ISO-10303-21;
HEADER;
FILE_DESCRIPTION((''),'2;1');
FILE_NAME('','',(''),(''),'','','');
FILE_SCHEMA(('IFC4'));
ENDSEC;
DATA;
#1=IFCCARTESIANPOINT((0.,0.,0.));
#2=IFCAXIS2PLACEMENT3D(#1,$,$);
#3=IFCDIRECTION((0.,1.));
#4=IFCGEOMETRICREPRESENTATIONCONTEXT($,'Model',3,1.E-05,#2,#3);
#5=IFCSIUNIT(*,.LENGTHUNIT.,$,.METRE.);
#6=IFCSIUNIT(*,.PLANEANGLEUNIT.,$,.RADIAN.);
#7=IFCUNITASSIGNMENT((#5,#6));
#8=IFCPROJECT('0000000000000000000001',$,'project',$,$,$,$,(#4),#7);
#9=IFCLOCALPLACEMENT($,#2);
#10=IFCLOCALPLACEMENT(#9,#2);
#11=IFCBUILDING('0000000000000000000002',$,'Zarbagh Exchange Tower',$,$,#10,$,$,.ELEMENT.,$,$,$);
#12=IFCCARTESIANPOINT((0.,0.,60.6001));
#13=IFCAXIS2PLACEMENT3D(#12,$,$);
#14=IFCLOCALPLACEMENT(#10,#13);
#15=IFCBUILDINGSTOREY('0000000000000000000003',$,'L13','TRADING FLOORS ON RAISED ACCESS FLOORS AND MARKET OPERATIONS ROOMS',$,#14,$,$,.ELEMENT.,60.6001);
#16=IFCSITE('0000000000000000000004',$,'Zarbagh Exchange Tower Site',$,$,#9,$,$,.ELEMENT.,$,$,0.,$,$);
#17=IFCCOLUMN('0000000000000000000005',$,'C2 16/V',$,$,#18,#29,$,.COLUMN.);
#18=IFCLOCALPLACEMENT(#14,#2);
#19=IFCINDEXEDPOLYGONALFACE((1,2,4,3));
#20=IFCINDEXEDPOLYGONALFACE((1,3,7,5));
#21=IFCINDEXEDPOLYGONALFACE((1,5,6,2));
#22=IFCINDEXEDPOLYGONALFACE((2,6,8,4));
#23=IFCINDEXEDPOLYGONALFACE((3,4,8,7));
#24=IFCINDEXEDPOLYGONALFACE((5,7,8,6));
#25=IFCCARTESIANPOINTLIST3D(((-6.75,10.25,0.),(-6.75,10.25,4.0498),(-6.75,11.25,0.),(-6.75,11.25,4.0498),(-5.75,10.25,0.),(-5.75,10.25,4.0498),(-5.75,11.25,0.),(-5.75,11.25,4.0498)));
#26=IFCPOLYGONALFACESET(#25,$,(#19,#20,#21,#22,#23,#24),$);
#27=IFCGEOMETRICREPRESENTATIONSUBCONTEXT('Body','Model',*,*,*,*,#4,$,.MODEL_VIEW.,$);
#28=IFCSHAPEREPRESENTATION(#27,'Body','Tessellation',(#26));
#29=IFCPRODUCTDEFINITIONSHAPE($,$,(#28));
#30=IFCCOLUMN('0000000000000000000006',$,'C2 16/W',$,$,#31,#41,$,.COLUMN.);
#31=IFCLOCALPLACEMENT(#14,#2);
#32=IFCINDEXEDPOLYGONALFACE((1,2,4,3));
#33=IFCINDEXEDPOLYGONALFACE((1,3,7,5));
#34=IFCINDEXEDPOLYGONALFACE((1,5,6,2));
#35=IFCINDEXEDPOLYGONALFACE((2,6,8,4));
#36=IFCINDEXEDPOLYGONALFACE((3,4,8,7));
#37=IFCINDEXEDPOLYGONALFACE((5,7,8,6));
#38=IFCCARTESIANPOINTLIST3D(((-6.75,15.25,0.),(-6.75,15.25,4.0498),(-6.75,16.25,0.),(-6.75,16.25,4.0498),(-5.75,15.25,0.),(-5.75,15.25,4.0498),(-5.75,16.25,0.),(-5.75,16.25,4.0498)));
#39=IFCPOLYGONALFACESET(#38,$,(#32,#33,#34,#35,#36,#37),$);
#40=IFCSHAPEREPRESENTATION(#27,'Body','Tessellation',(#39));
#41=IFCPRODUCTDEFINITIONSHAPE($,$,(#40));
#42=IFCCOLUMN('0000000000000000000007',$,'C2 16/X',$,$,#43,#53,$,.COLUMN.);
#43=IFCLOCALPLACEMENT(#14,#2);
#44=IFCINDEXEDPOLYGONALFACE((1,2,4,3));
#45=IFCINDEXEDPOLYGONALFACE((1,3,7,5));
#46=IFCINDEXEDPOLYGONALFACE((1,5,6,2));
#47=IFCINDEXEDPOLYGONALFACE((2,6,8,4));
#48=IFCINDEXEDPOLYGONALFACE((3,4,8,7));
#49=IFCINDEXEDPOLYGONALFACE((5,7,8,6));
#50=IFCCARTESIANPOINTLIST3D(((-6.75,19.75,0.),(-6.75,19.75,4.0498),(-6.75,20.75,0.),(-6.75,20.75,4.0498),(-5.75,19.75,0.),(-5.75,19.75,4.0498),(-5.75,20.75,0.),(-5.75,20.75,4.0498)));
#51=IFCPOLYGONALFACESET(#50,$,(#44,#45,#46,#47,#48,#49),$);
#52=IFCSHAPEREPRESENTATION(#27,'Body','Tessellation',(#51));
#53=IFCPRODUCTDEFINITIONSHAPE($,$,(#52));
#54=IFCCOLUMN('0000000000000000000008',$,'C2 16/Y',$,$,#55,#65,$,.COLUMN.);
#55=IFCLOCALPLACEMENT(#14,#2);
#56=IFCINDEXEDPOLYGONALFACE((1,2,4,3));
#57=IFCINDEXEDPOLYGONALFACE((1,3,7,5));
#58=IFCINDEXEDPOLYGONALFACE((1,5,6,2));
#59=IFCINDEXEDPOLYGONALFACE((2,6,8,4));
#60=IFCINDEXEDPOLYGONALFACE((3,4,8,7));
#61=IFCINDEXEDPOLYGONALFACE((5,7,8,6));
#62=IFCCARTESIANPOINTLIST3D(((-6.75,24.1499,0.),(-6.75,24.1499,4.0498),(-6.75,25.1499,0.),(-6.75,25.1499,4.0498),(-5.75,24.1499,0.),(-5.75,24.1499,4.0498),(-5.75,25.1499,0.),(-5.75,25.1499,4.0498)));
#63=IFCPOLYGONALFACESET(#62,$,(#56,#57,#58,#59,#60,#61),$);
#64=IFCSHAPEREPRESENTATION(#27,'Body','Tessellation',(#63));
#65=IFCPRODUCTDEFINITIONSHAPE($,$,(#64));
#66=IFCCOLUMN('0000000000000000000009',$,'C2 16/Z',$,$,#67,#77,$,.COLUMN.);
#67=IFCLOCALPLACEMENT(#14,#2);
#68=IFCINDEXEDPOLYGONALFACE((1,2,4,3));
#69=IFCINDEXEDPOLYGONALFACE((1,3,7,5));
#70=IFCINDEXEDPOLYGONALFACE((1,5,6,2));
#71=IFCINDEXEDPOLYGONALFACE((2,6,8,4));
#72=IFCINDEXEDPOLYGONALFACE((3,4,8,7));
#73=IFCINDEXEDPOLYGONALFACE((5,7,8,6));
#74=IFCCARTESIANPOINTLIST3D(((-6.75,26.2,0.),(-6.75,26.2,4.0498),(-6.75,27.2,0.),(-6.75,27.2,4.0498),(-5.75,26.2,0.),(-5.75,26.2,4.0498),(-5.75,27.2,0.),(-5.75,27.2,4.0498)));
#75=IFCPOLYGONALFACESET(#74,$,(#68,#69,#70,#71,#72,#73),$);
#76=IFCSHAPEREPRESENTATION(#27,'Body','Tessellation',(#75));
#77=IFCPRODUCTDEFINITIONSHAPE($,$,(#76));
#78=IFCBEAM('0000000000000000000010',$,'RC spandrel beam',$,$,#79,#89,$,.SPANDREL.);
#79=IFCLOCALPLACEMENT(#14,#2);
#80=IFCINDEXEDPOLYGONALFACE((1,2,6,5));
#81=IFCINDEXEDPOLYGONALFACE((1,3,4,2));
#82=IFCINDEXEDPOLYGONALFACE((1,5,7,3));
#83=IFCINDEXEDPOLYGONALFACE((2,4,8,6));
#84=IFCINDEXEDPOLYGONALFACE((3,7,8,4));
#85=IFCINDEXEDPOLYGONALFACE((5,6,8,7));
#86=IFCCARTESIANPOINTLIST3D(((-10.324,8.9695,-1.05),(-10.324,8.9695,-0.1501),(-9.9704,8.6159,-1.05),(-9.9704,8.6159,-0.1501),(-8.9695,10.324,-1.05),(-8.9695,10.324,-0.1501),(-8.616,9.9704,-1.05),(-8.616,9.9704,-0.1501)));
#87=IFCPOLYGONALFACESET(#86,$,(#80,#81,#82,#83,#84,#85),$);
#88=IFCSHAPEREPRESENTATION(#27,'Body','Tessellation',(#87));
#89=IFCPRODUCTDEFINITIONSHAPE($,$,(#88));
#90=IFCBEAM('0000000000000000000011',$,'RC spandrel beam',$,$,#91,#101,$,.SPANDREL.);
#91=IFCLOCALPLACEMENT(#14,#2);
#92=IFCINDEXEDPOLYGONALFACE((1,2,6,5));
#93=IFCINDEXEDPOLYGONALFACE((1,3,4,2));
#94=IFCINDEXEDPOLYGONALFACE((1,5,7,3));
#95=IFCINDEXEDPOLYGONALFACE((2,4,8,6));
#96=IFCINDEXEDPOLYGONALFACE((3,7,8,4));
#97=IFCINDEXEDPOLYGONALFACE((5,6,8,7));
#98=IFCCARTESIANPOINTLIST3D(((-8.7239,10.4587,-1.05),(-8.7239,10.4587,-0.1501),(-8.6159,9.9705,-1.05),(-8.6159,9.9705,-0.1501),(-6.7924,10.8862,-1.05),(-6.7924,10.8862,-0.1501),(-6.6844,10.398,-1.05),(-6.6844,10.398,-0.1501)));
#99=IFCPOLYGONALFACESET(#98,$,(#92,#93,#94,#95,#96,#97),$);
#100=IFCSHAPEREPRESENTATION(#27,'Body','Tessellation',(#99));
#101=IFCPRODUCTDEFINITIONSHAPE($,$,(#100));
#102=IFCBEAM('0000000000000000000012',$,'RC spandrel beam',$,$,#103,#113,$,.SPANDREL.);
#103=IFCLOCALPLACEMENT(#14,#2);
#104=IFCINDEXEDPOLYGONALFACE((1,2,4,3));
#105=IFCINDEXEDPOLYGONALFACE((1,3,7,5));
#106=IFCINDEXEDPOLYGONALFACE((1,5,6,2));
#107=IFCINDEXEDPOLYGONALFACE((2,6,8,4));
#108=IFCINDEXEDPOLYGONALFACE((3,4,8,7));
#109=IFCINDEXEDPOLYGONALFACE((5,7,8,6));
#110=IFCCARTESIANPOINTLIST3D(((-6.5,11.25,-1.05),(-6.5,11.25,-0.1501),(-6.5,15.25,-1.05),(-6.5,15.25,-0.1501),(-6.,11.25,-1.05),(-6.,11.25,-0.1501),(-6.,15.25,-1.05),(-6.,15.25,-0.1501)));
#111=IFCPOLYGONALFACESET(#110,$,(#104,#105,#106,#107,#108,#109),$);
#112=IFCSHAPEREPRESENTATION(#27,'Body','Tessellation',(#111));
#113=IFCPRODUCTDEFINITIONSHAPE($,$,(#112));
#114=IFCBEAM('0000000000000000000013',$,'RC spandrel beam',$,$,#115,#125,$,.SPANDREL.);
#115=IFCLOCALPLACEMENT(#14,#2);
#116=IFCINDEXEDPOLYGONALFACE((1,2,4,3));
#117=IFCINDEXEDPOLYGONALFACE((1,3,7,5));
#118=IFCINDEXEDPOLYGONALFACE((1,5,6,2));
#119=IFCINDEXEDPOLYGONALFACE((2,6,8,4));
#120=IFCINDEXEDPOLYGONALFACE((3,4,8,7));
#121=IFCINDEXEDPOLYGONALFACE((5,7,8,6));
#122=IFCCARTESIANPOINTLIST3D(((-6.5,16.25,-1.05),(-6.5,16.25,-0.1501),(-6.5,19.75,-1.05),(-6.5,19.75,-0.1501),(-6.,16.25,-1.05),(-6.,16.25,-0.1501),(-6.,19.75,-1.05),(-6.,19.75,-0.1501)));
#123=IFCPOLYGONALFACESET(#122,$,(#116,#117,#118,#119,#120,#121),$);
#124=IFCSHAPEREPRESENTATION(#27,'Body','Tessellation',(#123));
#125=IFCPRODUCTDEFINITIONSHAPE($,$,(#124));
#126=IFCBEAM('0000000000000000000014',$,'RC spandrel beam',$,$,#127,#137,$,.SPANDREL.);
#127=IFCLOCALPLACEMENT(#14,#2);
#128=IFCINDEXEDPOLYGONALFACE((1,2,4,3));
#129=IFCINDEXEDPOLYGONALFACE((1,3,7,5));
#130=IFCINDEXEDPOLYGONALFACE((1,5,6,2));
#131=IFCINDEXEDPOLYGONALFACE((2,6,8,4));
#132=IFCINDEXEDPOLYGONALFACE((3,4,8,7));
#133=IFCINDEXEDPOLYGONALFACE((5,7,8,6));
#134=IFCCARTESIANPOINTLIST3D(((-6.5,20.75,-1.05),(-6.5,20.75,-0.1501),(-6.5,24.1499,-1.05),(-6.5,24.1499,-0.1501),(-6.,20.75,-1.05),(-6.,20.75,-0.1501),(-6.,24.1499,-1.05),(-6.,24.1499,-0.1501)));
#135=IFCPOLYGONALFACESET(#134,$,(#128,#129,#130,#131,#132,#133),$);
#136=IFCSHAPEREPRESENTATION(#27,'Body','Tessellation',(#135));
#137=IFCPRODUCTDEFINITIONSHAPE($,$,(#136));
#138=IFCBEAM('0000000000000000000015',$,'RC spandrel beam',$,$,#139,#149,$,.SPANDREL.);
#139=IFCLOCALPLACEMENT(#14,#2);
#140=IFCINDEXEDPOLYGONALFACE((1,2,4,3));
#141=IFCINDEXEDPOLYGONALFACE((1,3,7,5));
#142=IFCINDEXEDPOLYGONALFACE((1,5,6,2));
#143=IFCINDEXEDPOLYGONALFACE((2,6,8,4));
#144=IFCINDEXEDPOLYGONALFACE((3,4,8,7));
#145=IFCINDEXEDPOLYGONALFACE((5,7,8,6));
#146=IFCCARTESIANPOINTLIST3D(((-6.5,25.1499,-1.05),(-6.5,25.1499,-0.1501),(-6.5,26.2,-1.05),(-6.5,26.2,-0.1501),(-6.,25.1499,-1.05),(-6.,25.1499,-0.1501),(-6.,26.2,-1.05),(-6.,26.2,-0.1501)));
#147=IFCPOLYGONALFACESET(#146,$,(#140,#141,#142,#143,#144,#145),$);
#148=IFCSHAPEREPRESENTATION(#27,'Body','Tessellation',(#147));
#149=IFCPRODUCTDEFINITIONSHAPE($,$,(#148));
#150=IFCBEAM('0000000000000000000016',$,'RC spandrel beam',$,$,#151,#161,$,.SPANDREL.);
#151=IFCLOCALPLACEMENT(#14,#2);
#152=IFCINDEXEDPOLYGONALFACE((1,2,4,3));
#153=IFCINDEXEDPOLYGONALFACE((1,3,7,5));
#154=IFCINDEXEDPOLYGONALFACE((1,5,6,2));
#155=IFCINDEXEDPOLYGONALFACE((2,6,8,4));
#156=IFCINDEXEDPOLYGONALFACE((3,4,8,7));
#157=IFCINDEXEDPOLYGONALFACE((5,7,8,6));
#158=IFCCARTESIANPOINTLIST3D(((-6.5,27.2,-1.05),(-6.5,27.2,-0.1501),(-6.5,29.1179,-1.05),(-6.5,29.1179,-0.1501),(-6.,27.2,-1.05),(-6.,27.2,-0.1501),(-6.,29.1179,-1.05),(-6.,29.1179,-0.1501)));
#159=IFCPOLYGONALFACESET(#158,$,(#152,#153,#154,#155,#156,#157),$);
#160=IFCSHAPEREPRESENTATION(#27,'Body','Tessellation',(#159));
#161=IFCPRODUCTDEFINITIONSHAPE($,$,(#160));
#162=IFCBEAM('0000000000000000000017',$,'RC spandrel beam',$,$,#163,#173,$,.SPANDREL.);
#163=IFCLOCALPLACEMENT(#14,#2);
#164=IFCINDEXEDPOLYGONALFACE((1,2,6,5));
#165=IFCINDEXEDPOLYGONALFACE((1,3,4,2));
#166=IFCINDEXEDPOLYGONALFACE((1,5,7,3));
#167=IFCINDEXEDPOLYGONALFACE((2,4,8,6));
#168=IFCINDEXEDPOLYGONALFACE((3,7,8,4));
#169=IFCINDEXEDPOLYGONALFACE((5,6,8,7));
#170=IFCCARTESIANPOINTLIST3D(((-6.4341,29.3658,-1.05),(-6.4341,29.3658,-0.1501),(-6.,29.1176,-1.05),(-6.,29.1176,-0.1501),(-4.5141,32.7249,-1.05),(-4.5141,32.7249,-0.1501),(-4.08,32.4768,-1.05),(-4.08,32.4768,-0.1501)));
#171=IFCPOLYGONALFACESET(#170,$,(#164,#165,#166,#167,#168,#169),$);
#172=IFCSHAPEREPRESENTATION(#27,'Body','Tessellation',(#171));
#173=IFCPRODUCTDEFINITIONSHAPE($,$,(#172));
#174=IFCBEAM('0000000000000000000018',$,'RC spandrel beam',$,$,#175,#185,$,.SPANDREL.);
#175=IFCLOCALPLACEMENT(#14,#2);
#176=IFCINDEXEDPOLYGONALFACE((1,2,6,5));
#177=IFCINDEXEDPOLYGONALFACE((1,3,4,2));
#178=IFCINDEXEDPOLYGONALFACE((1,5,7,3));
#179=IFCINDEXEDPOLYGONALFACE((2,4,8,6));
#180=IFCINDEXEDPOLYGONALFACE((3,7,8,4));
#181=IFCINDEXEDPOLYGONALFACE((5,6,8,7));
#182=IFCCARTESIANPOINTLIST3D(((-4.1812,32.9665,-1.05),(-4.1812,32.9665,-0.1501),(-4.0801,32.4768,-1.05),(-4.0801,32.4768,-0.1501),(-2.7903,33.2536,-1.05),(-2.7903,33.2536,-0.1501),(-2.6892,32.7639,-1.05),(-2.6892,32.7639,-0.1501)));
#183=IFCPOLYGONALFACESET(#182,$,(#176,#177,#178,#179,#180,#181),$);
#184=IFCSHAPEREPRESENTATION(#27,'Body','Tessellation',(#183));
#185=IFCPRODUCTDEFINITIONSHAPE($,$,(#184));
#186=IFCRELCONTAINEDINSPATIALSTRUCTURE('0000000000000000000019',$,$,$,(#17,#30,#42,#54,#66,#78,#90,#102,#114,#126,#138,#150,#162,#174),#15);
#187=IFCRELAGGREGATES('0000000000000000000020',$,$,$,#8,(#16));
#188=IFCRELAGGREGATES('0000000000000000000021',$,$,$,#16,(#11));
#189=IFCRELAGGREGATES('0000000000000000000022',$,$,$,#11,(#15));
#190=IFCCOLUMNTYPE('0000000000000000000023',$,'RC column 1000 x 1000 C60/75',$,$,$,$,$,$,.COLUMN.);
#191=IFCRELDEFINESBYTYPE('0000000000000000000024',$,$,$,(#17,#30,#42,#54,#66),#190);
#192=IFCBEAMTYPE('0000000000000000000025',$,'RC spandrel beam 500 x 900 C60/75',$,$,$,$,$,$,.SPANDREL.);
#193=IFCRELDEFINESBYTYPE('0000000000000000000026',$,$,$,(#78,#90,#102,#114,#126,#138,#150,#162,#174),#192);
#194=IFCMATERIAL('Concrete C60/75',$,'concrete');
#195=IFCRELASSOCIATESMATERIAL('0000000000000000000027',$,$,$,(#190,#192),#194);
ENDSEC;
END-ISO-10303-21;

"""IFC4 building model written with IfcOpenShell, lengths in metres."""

from ifc_helpers import new_model, si_unit, direction, frame, origin, origin_2d, place, context, subcontext, project, spatial, rectangle, extrude, material, material_profile, profile_set, type_object, element, save


model = new_model("IFC4")

# Units and contexts
model_context = context("Model", 3, precision=1e-05, world=origin(), true_north=direction((0.0, 1.0)))
body_context = subcontext(model_context, "Body", "Model", "MODEL_VIEW")
ifc_project = project(units=[si_unit("LENGTHUNIT", "METRE"), si_unit("PLANEANGLEUNIT", "RADIAN")], contexts=[model_context])

# Site, building, storey
site_placement = place(None, origin())
site = spatial("IfcSite", under=ifc_project, at=site_placement, Name="Zarbagh Exchange Tower Site", CompositionType="ELEMENT", RefElevation=0.0)
building_placement = place(site_placement, origin())
building = spatial("IfcBuilding", under=site, at=building_placement, Name="Zarbagh Exchange Tower", CompositionType="ELEMENT")
storey_placement = place(building_placement, frame((0.0, 0.0, 60.6001)))
storey = spatial("IfcBuildingStorey", under=building, at=storey_placement, Name="L13", Description="TRADING FLOORS ON RAISED ACCESS FLOORS AND MARKET OPERATIONS ROOMS", CompositionType="ELEMENT", Elevation=60.6001)

# Columns
ifc_material_1 = material(Name="Concrete C60/75", Category="concrete")
ifc_material_profile_1 = material_profile(ifc_material_1, rectangle(XDim=1.0, YDim=1.0, at=origin_2d()), Name="RC column 1000 x 1000 C60/75")
ifc_profile_set_1 = profile_set([ifc_material_profile_1], Name="Concrete C60/75")
column_type = type_object("IfcColumnType", Name="RC column 1000 x 1000 C60/75", PredefinedType="COLUMN", material=ifc_profile_set_1)
for number, where, z_axis, x_axis, name in (
    (1, (-6.25, 10.75, 0.0), (0.0, 0.0, 1.0), (1.0, 0.0, 0.0), "C2 16/V"),
    (2, (-6.25, 15.75, 0.0), (0.0, 0.0, 1.0), (1.0, 0.0, 0.0), "C2 16/W"),
    (3, (-6.25, 20.25, 0.0), (0.0, 0.0, 1.0), (1.0, 0.0, 0.0), "C2 16/X"),
    (4, (-6.25, 24.6499, 0.0), (0.0, 0.0, 1.0), (1.0, 0.0, 0.0), "C2 16/Y"),
    (5, (-6.25, 26.7, 0.0), (0.0, 0.0, 1.0), (1.0, 0.0, 0.0), "C2 16/Z"),
):
    element("IfcColumn", number, at=place(storey_placement, frame(where, z_axis=z_axis, x_axis=x_axis)), inside=storey, type_object=column_type, Name=name, PredefinedType="COLUMN", context=body_context, shape_type="SweptSolid", body=[
        extrude(rectangle(XDim=1.0, YDim=1.0, at=origin_2d()), origin(), (0.0, 0.0, 1.0), 4.0498),
    ])

# Beams
ifc_material_profile_2 = material_profile(ifc_material_1, rectangle(XDim=0.5, YDim=0.8999, at=origin_2d()), Name="RC spandrel beam 500 x 900 C60/75")
ifc_profile_set_2 = profile_set([ifc_material_profile_2], Name="Concrete C60/75")
beam_type = type_object("IfcBeamType", Name="RC spandrel beam 500 x 900 C60/75", PredefinedType="SPANDREL", material=ifc_profile_set_2)
beam_1_placement = place(storey_placement, frame((-10.1472, 8.7927, -0.6001), z_axis=(0.707107, 0.707107, 0.0), x_axis=(-0.707107, 0.707107, 0.0)))
element("IfcBeam", 6, at=beam_1_placement, inside=storey, type_object=beam_type, Name="RC spandrel beam", PredefinedType="SPANDREL", context=body_context, shape_type="SweptSolid", body=[
    extrude(rectangle(XDim=0.5, YDim=0.8999, at=origin_2d()), origin(), (0.0, 0.0, 1.0), 1.9155),
])
beam_2_placement = place(storey_placement, frame((-8.6699, 10.2146, -0.6001), z_axis=(0.976375, 0.216081, 0.0), x_axis=(-0.216081, 0.976375, 0.0)))
element("IfcBeam", 7, at=beam_2_placement, inside=storey, type_object=beam_type, Name="RC spandrel beam", PredefinedType="SPANDREL", context=body_context, shape_type="SweptSolid", body=[
    extrude(rectangle(XDim=0.5, YDim=0.8999, at=origin_2d()), origin(), (0.0, 0.0, 1.0), 1.9783),
])
beam_3_placement = place(storey_placement, frame((-6.25, 11.25, -0.6001), z_axis=(0.0, 1.0, 0.0), x_axis=(-1.0, 0.0, 0.0)))
element("IfcBeam", 8, at=beam_3_placement, inside=storey, type_object=beam_type, Name="RC spandrel beam", PredefinedType="SPANDREL", context=body_context, shape_type="SweptSolid", body=[
    extrude(rectangle(XDim=0.5, YDim=0.8999, at=origin_2d()), origin(), (0.0, 0.0, 1.0), 4.0),
])
beam_4_placement = place(storey_placement, frame((-6.25, 16.25, -0.6001), z_axis=(0.0, 1.0, 0.0), x_axis=(-1.0, 0.0, 0.0)))
element("IfcBeam", 9, at=beam_4_placement, inside=storey, type_object=beam_type, Name="RC spandrel beam", PredefinedType="SPANDREL", context=body_context, shape_type="SweptSolid", body=[
    extrude(rectangle(XDim=0.5, YDim=0.8999, at=origin_2d()), origin(), (0.0, 0.0, 1.0), 3.5),
])
beam_5_placement = place(storey_placement, frame((-6.25, 20.75, -0.6001), z_axis=(0.0, 1.0, 0.0), x_axis=(-1.0, 0.0, 0.0)))
element("IfcBeam", 10, at=beam_5_placement, inside=storey, type_object=beam_type, Name="RC spandrel beam", PredefinedType="SPANDREL", context=body_context, shape_type="SweptSolid", body=[
    extrude(rectangle(XDim=0.5, YDim=0.8999, at=origin_2d()), origin(), (0.0, 0.0, 1.0), 3.3999),
])
beam_6_placement = place(storey_placement, frame((-6.25, 25.1499, -0.6001), z_axis=(0.0, 1.0, 0.0), x_axis=(-1.0, 0.0, 0.0)))
element("IfcBeam", 11, at=beam_6_placement, inside=storey, type_object=beam_type, Name="RC spandrel beam", PredefinedType="SPANDREL", context=body_context, shape_type="SweptSolid", body=[
    extrude(rectangle(XDim=0.5, YDim=0.8999, at=origin_2d()), origin(), (0.0, 0.0, 1.0), 1.05),
])
beam_7_placement = place(storey_placement, frame((-6.25, 27.2, -0.6001), z_axis=(0.0, 1.0, 0.0), x_axis=(-1.0, 0.0, 0.0)))
element("IfcBeam", 12, at=beam_7_placement, inside=storey, type_object=beam_type, Name="RC spandrel beam", PredefinedType="SPANDREL", context=body_context, shape_type="SweptSolid", body=[
    extrude(rectangle(XDim=0.5, YDim=0.8999, at=origin_2d()), origin(), (0.0, 0.0, 1.0), 1.918),
])
beam_8_placement = place(storey_placement, frame((-6.217, 29.2417, -0.6001), z_axis=(0.49622, 0.868197, 0.0), x_axis=(-0.868197, 0.49622, 0.0)))
element("IfcBeam", 13, at=beam_8_placement, inside=storey, type_object=beam_type, Name="RC spandrel beam", PredefinedType="SPANDREL", context=body_context, shape_type="SweptSolid", body=[
    extrude(rectangle(XDim=0.5, YDim=0.8999, at=origin_2d()), origin(), (0.0, 0.0, 1.0), 3.8691),
])
beam_9_placement = place(storey_placement, frame((-4.1306, 32.7217, -0.6001), z_axis=(0.979352, 0.202162, 0.0), x_axis=(-0.202162, 0.979352, 0.0)))
element("IfcBeam", 14, at=beam_9_placement, inside=storey, type_object=beam_type, Name="RC spandrel beam", PredefinedType="SPANDREL", context=body_context, shape_type="SweptSolid", body=[
    extrude(rectangle(XDim=0.5, YDim=0.8999, at=origin_2d()), origin(), (0.0, 0.0, 1.0), 1.4202),
])

save(model, "model.ifc")
